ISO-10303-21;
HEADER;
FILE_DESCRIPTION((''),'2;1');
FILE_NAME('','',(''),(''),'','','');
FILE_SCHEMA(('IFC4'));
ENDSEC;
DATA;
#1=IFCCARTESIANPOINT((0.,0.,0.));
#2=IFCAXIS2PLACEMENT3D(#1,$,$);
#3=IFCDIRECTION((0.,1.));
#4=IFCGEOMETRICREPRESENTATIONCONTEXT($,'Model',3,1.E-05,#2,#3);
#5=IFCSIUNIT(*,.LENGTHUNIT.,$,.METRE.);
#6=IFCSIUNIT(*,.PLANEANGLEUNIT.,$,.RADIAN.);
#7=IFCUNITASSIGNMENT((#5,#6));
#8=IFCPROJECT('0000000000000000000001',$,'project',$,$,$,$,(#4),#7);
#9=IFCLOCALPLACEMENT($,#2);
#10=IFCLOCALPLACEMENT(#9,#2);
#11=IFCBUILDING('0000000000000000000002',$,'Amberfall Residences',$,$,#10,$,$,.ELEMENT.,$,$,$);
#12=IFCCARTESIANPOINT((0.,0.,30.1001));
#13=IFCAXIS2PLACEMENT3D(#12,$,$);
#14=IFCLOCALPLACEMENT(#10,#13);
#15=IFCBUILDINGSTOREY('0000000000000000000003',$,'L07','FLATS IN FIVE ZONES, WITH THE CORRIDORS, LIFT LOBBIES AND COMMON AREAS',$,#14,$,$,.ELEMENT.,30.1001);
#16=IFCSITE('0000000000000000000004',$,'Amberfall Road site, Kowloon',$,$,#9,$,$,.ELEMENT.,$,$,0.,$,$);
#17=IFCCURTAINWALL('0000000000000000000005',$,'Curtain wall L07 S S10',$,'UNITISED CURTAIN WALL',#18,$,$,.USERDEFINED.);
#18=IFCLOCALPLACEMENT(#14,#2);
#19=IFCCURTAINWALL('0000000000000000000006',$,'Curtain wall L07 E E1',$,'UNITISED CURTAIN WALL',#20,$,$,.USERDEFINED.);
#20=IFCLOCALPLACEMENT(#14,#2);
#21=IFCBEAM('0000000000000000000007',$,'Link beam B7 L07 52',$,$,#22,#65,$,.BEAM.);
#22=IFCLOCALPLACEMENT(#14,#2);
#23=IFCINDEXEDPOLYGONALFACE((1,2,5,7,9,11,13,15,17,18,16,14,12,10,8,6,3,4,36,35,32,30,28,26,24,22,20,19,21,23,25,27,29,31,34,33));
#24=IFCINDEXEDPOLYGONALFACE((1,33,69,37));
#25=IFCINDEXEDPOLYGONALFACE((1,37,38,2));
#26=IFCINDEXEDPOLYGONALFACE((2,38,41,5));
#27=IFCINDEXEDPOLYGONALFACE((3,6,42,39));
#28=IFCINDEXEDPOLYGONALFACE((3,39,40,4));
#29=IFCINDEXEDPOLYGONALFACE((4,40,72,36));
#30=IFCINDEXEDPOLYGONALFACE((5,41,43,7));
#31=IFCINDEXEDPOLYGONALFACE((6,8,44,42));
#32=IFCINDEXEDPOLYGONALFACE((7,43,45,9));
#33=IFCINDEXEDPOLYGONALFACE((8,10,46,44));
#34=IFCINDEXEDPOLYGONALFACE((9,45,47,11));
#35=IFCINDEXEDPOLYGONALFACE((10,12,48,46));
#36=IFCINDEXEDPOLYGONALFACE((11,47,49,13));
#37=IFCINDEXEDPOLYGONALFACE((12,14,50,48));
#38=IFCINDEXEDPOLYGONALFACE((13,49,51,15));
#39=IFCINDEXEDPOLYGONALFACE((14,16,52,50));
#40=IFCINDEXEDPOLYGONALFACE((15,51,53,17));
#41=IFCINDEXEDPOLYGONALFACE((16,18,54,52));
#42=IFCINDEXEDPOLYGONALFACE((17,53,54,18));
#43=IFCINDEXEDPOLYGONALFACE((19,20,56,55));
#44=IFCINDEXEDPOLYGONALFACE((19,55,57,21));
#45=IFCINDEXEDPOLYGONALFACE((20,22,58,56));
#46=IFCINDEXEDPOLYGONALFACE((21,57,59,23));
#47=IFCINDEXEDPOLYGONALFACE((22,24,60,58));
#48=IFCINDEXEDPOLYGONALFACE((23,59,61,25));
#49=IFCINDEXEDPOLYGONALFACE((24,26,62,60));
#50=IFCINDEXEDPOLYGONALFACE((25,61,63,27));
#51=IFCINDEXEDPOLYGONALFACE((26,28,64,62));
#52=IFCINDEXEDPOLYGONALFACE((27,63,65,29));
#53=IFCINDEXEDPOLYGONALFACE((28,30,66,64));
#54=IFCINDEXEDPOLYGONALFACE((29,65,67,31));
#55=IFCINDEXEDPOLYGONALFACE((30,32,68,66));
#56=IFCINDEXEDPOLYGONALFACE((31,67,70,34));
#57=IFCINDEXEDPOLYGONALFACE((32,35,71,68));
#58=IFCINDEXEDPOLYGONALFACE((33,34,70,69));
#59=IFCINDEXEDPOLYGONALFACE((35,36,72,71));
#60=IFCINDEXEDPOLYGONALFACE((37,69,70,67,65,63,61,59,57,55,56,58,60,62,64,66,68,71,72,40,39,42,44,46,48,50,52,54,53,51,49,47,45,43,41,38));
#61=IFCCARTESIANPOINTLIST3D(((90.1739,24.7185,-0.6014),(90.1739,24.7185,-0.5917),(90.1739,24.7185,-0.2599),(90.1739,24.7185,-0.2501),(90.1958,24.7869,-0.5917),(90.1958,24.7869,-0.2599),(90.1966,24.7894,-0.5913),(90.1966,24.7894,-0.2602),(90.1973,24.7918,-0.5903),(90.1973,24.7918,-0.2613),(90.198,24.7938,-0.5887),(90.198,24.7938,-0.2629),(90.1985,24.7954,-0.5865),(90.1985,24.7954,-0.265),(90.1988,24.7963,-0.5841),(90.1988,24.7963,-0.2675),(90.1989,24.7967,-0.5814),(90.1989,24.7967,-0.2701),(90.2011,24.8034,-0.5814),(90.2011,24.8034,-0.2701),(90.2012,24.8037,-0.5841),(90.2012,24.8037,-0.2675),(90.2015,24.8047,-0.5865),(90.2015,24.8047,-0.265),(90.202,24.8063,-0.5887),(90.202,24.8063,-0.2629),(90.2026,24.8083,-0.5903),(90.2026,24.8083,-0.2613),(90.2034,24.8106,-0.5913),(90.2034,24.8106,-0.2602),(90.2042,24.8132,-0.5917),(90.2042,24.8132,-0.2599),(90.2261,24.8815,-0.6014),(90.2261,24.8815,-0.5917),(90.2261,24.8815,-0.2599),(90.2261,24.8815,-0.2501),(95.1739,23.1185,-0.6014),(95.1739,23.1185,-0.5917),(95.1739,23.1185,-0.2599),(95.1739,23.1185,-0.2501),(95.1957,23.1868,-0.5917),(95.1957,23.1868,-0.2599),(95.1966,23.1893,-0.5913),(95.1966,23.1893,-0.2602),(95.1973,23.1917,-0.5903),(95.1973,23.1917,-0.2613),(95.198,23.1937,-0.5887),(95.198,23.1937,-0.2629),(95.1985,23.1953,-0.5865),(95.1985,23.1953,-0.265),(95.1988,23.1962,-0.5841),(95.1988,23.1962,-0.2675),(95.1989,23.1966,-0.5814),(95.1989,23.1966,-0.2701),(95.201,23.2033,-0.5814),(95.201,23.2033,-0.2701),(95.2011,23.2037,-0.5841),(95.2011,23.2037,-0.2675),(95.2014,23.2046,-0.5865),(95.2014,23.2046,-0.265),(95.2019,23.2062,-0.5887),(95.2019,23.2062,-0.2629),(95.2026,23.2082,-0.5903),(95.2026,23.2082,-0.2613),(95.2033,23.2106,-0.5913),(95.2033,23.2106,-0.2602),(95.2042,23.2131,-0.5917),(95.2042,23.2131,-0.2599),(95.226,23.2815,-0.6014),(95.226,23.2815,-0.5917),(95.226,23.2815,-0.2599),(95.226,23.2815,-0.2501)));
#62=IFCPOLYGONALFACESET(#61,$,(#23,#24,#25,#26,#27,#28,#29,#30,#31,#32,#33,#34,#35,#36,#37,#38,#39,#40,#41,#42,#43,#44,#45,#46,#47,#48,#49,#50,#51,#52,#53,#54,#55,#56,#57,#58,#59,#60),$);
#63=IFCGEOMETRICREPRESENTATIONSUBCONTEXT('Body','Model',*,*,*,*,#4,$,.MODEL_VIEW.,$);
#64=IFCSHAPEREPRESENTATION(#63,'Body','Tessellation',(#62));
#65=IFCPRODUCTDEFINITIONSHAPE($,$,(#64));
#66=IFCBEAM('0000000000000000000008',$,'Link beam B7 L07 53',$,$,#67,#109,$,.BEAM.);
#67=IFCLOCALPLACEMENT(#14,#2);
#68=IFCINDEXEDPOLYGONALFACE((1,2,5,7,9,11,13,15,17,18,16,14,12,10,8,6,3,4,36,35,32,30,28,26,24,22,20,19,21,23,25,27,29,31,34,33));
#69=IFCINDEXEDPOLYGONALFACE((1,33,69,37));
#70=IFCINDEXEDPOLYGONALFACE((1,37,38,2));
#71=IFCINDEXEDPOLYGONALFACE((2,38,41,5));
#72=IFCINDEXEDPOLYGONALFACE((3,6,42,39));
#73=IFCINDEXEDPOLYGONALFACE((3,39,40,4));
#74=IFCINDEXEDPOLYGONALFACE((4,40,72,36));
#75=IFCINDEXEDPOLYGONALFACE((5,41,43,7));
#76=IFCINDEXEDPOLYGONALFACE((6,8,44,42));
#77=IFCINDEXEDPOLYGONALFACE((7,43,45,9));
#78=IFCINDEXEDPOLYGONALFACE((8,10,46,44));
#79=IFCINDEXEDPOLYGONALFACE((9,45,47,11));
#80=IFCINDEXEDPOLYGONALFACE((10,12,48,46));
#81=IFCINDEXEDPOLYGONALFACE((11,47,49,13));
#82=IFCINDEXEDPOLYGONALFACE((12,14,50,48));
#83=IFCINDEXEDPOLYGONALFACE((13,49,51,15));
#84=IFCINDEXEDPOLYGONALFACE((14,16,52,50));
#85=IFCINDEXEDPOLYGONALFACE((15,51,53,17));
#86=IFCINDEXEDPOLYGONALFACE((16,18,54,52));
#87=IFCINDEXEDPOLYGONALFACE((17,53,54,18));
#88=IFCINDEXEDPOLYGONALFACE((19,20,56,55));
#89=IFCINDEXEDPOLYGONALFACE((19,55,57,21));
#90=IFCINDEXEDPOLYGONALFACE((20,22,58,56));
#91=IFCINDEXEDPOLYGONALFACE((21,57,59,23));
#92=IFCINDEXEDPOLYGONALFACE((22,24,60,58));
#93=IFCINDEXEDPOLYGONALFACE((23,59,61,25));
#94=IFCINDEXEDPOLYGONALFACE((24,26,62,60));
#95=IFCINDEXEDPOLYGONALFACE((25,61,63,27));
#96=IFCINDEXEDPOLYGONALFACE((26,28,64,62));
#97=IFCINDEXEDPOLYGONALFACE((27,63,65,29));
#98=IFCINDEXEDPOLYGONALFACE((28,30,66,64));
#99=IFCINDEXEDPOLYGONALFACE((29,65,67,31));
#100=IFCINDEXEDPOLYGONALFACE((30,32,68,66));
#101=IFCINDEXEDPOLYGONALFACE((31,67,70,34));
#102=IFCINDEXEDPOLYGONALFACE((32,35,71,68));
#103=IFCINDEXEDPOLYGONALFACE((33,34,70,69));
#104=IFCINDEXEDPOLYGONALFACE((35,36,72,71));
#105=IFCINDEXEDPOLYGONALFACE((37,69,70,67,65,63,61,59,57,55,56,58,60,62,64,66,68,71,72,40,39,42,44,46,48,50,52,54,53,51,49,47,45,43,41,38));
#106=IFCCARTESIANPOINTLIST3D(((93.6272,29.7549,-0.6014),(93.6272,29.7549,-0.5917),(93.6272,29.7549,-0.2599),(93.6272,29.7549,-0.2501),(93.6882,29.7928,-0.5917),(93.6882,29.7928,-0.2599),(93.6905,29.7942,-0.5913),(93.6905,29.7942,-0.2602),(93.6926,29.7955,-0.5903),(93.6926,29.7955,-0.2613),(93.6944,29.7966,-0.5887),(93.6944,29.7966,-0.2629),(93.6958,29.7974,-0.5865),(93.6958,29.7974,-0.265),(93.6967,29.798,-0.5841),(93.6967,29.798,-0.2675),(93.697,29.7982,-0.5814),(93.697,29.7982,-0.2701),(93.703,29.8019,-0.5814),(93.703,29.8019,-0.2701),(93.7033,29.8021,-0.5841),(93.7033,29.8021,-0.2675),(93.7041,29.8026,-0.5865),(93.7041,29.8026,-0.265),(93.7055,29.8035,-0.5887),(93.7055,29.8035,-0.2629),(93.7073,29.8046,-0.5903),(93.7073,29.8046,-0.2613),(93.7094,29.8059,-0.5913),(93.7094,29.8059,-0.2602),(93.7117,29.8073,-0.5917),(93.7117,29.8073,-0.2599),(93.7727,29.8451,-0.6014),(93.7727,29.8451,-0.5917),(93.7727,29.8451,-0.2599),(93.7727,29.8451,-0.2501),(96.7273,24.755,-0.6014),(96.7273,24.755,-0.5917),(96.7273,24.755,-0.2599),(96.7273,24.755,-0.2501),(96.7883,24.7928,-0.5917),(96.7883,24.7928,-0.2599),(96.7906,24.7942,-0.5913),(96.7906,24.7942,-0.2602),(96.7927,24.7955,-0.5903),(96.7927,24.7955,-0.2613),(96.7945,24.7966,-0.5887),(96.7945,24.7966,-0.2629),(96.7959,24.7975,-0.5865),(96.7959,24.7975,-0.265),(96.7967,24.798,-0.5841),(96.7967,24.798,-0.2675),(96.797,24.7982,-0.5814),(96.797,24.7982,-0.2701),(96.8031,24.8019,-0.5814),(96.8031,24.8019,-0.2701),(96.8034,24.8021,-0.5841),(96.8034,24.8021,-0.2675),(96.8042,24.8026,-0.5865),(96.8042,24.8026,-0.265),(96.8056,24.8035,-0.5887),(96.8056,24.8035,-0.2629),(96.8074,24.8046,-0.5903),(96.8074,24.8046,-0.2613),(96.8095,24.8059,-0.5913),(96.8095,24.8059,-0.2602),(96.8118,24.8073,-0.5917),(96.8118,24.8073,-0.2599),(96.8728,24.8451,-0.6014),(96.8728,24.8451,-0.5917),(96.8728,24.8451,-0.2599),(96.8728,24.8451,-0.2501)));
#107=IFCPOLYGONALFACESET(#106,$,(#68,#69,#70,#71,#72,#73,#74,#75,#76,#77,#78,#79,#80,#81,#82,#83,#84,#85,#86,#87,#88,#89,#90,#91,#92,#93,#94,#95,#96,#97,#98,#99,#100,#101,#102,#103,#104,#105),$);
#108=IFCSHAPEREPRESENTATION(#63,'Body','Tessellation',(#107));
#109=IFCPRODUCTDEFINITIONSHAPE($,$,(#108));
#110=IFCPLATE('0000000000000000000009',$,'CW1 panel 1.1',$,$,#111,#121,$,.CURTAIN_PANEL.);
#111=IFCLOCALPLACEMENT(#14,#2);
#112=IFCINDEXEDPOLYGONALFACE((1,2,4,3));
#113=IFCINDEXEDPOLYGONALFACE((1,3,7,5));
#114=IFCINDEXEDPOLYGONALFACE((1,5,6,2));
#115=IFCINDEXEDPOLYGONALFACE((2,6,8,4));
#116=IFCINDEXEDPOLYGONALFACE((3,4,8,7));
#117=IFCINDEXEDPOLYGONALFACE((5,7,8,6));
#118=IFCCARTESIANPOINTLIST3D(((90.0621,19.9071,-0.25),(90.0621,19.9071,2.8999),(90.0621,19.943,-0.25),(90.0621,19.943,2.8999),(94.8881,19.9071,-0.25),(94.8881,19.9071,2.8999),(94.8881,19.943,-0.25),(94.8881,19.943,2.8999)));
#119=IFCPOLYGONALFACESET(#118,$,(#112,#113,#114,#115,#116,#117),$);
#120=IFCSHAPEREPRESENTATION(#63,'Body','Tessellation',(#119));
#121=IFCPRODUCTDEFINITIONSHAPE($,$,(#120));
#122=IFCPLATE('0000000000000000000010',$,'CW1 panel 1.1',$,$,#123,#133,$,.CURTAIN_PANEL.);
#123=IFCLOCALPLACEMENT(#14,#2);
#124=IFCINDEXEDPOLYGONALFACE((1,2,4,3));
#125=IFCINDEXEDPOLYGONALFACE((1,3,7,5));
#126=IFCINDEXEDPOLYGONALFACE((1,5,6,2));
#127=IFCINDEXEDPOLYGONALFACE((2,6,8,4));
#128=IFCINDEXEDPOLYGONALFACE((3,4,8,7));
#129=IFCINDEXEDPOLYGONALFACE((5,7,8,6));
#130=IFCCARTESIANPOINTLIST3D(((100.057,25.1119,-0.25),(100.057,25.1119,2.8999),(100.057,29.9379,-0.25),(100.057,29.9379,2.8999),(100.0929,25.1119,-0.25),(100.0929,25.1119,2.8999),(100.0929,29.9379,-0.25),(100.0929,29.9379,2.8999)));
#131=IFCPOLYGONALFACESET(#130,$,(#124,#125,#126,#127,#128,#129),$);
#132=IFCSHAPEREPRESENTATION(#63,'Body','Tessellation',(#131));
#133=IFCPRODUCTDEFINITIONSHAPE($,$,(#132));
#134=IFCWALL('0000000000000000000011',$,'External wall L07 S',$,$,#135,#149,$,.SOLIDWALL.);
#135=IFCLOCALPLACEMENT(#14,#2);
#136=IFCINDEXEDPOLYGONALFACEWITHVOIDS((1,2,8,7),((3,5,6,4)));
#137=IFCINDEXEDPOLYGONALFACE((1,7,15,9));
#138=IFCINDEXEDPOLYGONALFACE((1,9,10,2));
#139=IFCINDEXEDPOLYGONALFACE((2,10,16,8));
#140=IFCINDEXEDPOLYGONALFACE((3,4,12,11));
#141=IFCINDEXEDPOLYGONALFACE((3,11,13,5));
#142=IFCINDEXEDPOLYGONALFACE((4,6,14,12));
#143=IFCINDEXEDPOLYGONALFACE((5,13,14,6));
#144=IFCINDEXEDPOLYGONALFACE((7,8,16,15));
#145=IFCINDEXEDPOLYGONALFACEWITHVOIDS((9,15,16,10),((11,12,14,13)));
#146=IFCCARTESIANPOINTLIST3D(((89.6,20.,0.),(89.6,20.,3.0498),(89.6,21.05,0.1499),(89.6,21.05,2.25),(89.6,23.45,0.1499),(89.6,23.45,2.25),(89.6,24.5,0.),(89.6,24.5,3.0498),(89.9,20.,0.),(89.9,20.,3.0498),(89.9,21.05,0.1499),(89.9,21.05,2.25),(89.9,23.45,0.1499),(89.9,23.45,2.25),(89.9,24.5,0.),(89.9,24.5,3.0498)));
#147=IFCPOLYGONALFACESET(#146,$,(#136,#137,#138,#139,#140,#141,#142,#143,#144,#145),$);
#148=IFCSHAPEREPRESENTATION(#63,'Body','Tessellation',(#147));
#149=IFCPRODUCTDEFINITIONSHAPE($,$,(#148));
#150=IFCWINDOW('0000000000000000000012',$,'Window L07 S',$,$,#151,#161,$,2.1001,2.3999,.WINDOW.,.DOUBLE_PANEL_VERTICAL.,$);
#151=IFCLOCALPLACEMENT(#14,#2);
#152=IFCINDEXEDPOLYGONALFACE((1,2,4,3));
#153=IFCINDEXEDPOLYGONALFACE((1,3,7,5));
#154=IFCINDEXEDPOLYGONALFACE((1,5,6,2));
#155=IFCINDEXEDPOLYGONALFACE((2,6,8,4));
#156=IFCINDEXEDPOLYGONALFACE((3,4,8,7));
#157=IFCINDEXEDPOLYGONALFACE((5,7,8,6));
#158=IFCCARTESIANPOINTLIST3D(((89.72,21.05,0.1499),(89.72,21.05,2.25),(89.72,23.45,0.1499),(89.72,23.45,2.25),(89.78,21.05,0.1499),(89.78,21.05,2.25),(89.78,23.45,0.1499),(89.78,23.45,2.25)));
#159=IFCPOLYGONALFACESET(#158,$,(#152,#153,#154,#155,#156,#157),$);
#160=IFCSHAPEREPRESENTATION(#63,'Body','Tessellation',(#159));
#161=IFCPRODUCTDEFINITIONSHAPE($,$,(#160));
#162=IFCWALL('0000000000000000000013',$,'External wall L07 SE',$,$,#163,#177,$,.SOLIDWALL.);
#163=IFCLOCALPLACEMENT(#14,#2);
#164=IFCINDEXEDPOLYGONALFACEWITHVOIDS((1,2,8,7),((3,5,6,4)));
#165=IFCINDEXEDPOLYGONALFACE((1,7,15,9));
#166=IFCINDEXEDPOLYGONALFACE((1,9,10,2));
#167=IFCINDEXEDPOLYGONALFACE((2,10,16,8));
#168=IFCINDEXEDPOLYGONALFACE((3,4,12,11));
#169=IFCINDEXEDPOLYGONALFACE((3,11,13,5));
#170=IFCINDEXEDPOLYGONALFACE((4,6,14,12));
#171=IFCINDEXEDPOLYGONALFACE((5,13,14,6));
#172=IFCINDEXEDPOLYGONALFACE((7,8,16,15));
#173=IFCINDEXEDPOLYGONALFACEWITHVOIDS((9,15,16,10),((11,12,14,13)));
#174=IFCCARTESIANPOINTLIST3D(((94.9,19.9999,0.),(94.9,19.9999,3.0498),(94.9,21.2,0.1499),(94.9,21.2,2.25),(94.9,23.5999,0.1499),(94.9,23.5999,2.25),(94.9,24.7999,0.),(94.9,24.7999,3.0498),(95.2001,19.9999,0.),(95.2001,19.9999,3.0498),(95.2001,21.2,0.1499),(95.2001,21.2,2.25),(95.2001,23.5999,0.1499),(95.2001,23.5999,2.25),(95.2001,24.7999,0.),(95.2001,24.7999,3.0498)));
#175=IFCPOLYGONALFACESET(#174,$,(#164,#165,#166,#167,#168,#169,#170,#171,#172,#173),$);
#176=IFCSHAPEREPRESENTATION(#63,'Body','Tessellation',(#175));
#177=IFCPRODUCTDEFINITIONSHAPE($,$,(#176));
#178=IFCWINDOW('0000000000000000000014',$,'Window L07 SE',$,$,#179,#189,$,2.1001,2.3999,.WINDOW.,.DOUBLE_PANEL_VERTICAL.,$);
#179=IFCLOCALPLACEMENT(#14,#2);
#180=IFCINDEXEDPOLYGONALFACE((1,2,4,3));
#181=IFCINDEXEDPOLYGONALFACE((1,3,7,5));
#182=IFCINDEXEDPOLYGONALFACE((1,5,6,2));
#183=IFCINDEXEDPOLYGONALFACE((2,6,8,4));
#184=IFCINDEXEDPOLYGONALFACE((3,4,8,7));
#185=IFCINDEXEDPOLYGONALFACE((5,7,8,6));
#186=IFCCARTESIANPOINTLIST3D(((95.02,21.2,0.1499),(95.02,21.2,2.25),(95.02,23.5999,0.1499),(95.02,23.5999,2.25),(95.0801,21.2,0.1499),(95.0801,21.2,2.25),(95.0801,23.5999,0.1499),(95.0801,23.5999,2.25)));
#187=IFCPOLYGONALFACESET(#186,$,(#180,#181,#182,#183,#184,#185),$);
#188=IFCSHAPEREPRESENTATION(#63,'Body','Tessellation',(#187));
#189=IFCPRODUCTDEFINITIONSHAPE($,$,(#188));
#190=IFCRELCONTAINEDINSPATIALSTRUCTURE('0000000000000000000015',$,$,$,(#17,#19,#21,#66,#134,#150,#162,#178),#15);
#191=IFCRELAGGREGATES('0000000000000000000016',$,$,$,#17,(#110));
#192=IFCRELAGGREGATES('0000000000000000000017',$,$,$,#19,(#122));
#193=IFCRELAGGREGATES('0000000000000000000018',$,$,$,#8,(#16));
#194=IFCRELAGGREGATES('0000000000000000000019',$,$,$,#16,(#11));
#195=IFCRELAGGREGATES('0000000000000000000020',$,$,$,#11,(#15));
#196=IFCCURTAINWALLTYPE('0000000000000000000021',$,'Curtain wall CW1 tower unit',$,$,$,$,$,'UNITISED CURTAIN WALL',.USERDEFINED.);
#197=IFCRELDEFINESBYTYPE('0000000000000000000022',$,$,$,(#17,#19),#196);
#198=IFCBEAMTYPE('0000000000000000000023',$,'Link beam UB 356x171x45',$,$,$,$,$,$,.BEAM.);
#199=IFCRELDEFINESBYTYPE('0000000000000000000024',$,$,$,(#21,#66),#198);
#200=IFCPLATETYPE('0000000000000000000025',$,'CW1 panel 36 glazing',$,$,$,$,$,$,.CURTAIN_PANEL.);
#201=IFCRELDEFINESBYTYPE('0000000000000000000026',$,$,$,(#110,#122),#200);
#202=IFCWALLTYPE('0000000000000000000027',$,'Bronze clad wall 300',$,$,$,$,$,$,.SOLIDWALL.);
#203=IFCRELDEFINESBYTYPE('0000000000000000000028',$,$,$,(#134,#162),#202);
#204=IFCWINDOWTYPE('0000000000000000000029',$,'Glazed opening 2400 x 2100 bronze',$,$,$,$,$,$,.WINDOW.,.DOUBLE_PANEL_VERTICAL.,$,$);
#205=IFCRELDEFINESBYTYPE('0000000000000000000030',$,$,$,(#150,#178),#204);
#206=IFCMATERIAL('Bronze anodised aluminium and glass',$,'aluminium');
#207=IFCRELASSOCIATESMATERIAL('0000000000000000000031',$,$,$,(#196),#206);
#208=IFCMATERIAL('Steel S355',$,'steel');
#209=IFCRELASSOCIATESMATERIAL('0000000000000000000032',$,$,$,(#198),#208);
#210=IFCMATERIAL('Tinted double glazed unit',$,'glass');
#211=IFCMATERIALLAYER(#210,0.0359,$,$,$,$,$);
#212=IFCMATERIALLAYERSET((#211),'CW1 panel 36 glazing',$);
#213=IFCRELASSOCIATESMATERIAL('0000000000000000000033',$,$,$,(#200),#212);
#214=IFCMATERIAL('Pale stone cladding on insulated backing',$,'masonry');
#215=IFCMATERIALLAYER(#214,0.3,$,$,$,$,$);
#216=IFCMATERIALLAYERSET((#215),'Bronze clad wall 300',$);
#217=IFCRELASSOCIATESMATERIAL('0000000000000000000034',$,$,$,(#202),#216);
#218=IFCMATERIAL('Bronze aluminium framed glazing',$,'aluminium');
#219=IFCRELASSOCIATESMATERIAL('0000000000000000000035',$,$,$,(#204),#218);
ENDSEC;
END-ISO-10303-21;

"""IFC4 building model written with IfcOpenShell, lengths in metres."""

from ifc_helpers import new_model, si_unit, direction, frame, frame_2d, origin, origin_2d, place, context, subcontext, project, spatial, rectangle, i_section, extrude, material, layer, layer_set, material_profile, profile_set, type_object, element, fill, aggregate, save


model = new_model("IFC4")

# Units and contexts
model_context = context("Model", 3, precision=1e-05, world=origin(), true_north=direction((0.0, 1.0)))
body_context = subcontext(model_context, "Body", "Model", "MODEL_VIEW")
ifc_project = project(units=[si_unit("LENGTHUNIT", "METRE"), si_unit("PLANEANGLEUNIT", "RADIAN")], contexts=[model_context])

# Site, building, storey
site_placement = place(None, origin())
site = spatial("IfcSite", under=ifc_project, at=site_placement, Name="Amberfall Road site, Kowloon", CompositionType="ELEMENT", RefElevation=0.0)
building_placement = place(site_placement, origin())
building = spatial("IfcBuilding", under=site, at=building_placement, Name="Amberfall Residences", CompositionType="ELEMENT")
storey_placement = place(building_placement, frame((0.0, 0.0, 30.1001)))
storey = spatial("IfcBuildingStorey", under=building, at=storey_placement, Name="L07", Description="FLATS IN FIVE ZONES, WITH THE CORRIDORS, LIFT LOBBIES AND COMMON AREAS", CompositionType="ELEMENT", Elevation=30.1001)

# Curtain walls
ifc_material_1 = material(Name="Bronze anodised aluminium and glass", Category="aluminium")
curtain_wall_type = type_object("IfcCurtainWallType", Name="Curtain wall CW1 tower unit", ElementType="UNITISED CURTAIN WALL", PredefinedType="USERDEFINED", material=ifc_material_1)
curtain_wall_1_placement = place(storey_placement, origin())
curtain_wall_1 = element("IfcCurtainWall", 1, at=curtain_wall_1_placement, inside=storey, type_object=curtain_wall_type, Name="Curtain wall L07 S S10", ObjectType="UNITISED CURTAIN WALL", PredefinedType="USERDEFINED")
curtain_wall_2_placement = place(storey_placement, origin())
curtain_wall_2 = element("IfcCurtainWall", 2, at=curtain_wall_2_placement, inside=storey, type_object=curtain_wall_type, Name="Curtain wall L07 E E1", ObjectType="UNITISED CURTAIN WALL", PredefinedType="USERDEFINED")

# Beams
ifc_material_2 = material(Name="Steel S355", Category="steel")
ifc_material_profile_1 = material_profile(ifc_material_2, i_section(OverallWidth=0.1711, OverallDepth=0.3513, WebThickness=0.0071, FlangeThickness=0.0098, FilletRadius=0.0103, at=origin_2d()), Name="UB 356x171x45")
ifc_profile_set_1 = profile_set([ifc_material_profile_1], Name="Steel S355")
beam_type_1 = type_object("IfcBeamType", Name="Link beam UB 356x171x45", PredefinedType="BEAM", material=ifc_profile_set_1)
beam_1_placement = place(storey_placement, frame((95.2, 23.2, -0.4258), z_axis=(-0.952419, 0.304793, 0.0), x_axis=(-0.304793, -0.952419, 0.0)))
element("IfcBeam", 3, at=beam_1_placement, inside=storey, type_object=beam_type_1, Name="Link beam B7 L07 52", PredefinedType="BEAM", context=body_context, shape_type="SweptSolid", body=[
    extrude(i_section(OverallWidth=0.1711, OverallDepth=0.3513, WebThickness=0.0071, FlangeThickness=0.0098, FilletRadius=0.0103, at=origin_2d()), origin(), (0.0, 0.0, 1.0), 5.2498),
])
beam_2_placement = place(storey_placement, frame((96.8, 24.8, -0.4258), z_axis=(-0.526952, 0.849895, 0.0), x_axis=(-0.849895, -0.526952, 0.0)))
element("IfcBeam", 4, at=beam_2_placement, inside=storey, type_object=beam_type_1, Name="Link beam B7 L07 53", PredefinedType="BEAM", context=body_context, shape_type="SweptSolid", body=[
    extrude(i_section(OverallWidth=0.1711, OverallDepth=0.3513, WebThickness=0.0071, FlangeThickness=0.0098, FilletRadius=0.0103, at=origin_2d()), origin(), (0.0, 0.0, 1.0), 5.8831),
])

# Plates
ifc_material_3 = material(Name="Tinted double glazed unit", Category="glass")
ifc_layer_1 = layer(ifc_material_3, 0.0359)
ifc_layer_set_1 = layer_set([ifc_layer_1], Name="CW1 panel 36 glazing")
plate_type = type_object("IfcPlateType", Name="CW1 panel 36 glazing", PredefinedType="CURTAIN_PANEL", material=ifc_layer_set_1)
plate_1_placement = place(storey_placement, frame((92.4751, 19.925, -0.25), z_axis=(0.0, 0.0, 1.0), x_axis=(1.0, 0.0, 0.0)))
plate_1 = element("IfcPlate", 5, at=plate_1_placement, type_object=plate_type, Name="CW1 panel 1.1", PredefinedType="CURTAIN_PANEL", context=body_context, shape_type="SweptSolid", body=[
    extrude(rectangle(XDim=4.8259, YDim=0.0359, at=origin_2d()), origin(), (0.0, 0.0, 1.0), 3.1499),
])
aggregate(curtain_wall_1, [plate_1])
plate_2_placement = place(storey_placement, frame((100.075, 27.5249, -0.25), z_axis=(0.0, 0.0, 1.0), x_axis=(0.0, 1.0, 0.0)))
plate_2 = element("IfcPlate", 6, at=plate_2_placement, type_object=plate_type, Name="CW1 panel 1.1", PredefinedType="CURTAIN_PANEL", context=body_context, shape_type="SweptSolid", body=[
    extrude(rectangle(XDim=4.8259, YDim=0.0359, at=origin_2d()), origin(), (0.0, 0.0, 1.0), 3.1499),
])
aggregate(curtain_wall_2, [plate_2])

# Walls, openings, windows
ifc_material_4 = material(Name="Pale stone cladding on insulated backing", Category="masonry")
ifc_layer_2 = layer(ifc_material_4, 0.3)
ifc_layer_set_2 = layer_set([ifc_layer_2], Name="Bronze clad wall 300")
wall_type_1 = type_object("IfcWallType", Name="Bronze clad wall 300", PredefinedType="SOLIDWALL", material=ifc_layer_set_2)
wall_1_placement = place(storey_placement, frame((89.75, 24.5, 0.0), z_axis=(0.0, 0.0, 1.0), x_axis=(0.0, -1.0, 0.0)))
wall_1 = element("IfcWall", 7, at=wall_1_placement, inside=storey, type_object=wall_type_1, Name="External wall L07 S", PredefinedType="SOLIDWALL", context=body_context, shape_type="SweptSolid", body=[
    extrude(rectangle(XDim=4.5, YDim=0.3, at=frame_2d((2.25, 0.0))), origin(), (0.0, 0.0, 1.0), 3.0498),
])
opening_1_placement = place(wall_1_placement, frame((1.05, 0.0, 0.1499)))
opening_1 = element("IfcOpeningElement", 8, at=opening_1_placement, cuts=wall_1, PredefinedType="OPENING", context=body_context, shape_type="SweptSolid", body=[
    extrude(rectangle(XDim=2.3999, YDim=2.1001, at=frame_2d((1.2, 1.05))), frame((0.0, 0.1599, 0.0), z_axis=(0.0, -1.0, 0.0), x_axis=(1.0, 0.0, 0.0)), (0.0, 0.0, 1.0), 0.3201),
])
ifc_material_5 = material(Name="Bronze aluminium framed glazing", Category="aluminium")
window_type_1 = type_object("IfcWindowType", Name="Glazed opening 2400 x 2100 bronze", PartitioningType="DOUBLE_PANEL_VERTICAL", PredefinedType="WINDOW", material=ifc_material_5)
window_1_placement = place(opening_1_placement, origin())
window_1 = element("IfcWindow", 9, at=window_1_placement, inside=storey, type_object=window_type_1, Name="Window L07 S", OverallHeight=2.1001, OverallWidth=2.3999, PartitioningType="DOUBLE_PANEL_VERTICAL", PredefinedType="WINDOW", context=body_context, shape_type="SweptSolid", body=[
    extrude(rectangle(XDim=2.3999, YDim=2.1001, at=frame_2d((1.2, 1.05))), frame((0.0, 0.03, 0.0), z_axis=(0.0, -1.0, 0.0), x_axis=(1.0, 0.0, 0.0)), (0.0, 0.0, 1.0), 0.0601),
])
fill(opening_1, window_1)
wall_2_placement = place(storey_placement, frame((95.05, 20.0, 0.0), z_axis=(0.0, 0.0, 1.0), x_axis=(0.0, 1.0, 0.0)))
wall_2 = element("IfcWall", 10, at=wall_2_placement, inside=storey, type_object=wall_type_1, Name="External wall L07 SE", PredefinedType="SOLIDWALL", context=body_context, shape_type="SweptSolid", body=[
    extrude(rectangle(XDim=4.8, YDim=0.3, at=frame_2d((2.3999, 0.0))), origin(), (0.0, 0.0, 1.0), 3.0498),
])
opening_2_placement = place(wall_2_placement, frame((1.2, 0.0, 0.1499)))
opening_2 = element("IfcOpeningElement", 11, at=opening_2_placement, cuts=wall_2, PredefinedType="OPENING", context=body_context, shape_type="SweptSolid", body=[
    extrude(rectangle(XDim=2.3999, YDim=2.1001, at=frame_2d((1.2, 1.05))), frame((0.0, 0.1599, 0.0), z_axis=(0.0, -1.0, 0.0), x_axis=(1.0, 0.0, 0.0)), (0.0, 0.0, 1.0), 0.3201),
])
window_2_placement = place(opening_2_placement, origin())
window_2 = element("IfcWindow", 12, at=window_2_placement, inside=storey, type_object=window_type_1, Name="Window L07 SE", OverallHeight=2.1001, OverallWidth=2.3999, PartitioningType="DOUBLE_PANEL_VERTICAL", PredefinedType="WINDOW", context=body_context, shape_type="SweptSolid", body=[
    extrude(rectangle(XDim=2.3999, YDim=2.1001, at=frame_2d((1.2, 1.05))), frame((0.0, 0.03, 0.0), z_axis=(0.0, -1.0, 0.0), x_axis=(1.0, 0.0, 0.0)), (0.0, 0.0, 1.0), 0.0601),
])
fill(opening_2, window_2)

save(model, "model.ifc")
